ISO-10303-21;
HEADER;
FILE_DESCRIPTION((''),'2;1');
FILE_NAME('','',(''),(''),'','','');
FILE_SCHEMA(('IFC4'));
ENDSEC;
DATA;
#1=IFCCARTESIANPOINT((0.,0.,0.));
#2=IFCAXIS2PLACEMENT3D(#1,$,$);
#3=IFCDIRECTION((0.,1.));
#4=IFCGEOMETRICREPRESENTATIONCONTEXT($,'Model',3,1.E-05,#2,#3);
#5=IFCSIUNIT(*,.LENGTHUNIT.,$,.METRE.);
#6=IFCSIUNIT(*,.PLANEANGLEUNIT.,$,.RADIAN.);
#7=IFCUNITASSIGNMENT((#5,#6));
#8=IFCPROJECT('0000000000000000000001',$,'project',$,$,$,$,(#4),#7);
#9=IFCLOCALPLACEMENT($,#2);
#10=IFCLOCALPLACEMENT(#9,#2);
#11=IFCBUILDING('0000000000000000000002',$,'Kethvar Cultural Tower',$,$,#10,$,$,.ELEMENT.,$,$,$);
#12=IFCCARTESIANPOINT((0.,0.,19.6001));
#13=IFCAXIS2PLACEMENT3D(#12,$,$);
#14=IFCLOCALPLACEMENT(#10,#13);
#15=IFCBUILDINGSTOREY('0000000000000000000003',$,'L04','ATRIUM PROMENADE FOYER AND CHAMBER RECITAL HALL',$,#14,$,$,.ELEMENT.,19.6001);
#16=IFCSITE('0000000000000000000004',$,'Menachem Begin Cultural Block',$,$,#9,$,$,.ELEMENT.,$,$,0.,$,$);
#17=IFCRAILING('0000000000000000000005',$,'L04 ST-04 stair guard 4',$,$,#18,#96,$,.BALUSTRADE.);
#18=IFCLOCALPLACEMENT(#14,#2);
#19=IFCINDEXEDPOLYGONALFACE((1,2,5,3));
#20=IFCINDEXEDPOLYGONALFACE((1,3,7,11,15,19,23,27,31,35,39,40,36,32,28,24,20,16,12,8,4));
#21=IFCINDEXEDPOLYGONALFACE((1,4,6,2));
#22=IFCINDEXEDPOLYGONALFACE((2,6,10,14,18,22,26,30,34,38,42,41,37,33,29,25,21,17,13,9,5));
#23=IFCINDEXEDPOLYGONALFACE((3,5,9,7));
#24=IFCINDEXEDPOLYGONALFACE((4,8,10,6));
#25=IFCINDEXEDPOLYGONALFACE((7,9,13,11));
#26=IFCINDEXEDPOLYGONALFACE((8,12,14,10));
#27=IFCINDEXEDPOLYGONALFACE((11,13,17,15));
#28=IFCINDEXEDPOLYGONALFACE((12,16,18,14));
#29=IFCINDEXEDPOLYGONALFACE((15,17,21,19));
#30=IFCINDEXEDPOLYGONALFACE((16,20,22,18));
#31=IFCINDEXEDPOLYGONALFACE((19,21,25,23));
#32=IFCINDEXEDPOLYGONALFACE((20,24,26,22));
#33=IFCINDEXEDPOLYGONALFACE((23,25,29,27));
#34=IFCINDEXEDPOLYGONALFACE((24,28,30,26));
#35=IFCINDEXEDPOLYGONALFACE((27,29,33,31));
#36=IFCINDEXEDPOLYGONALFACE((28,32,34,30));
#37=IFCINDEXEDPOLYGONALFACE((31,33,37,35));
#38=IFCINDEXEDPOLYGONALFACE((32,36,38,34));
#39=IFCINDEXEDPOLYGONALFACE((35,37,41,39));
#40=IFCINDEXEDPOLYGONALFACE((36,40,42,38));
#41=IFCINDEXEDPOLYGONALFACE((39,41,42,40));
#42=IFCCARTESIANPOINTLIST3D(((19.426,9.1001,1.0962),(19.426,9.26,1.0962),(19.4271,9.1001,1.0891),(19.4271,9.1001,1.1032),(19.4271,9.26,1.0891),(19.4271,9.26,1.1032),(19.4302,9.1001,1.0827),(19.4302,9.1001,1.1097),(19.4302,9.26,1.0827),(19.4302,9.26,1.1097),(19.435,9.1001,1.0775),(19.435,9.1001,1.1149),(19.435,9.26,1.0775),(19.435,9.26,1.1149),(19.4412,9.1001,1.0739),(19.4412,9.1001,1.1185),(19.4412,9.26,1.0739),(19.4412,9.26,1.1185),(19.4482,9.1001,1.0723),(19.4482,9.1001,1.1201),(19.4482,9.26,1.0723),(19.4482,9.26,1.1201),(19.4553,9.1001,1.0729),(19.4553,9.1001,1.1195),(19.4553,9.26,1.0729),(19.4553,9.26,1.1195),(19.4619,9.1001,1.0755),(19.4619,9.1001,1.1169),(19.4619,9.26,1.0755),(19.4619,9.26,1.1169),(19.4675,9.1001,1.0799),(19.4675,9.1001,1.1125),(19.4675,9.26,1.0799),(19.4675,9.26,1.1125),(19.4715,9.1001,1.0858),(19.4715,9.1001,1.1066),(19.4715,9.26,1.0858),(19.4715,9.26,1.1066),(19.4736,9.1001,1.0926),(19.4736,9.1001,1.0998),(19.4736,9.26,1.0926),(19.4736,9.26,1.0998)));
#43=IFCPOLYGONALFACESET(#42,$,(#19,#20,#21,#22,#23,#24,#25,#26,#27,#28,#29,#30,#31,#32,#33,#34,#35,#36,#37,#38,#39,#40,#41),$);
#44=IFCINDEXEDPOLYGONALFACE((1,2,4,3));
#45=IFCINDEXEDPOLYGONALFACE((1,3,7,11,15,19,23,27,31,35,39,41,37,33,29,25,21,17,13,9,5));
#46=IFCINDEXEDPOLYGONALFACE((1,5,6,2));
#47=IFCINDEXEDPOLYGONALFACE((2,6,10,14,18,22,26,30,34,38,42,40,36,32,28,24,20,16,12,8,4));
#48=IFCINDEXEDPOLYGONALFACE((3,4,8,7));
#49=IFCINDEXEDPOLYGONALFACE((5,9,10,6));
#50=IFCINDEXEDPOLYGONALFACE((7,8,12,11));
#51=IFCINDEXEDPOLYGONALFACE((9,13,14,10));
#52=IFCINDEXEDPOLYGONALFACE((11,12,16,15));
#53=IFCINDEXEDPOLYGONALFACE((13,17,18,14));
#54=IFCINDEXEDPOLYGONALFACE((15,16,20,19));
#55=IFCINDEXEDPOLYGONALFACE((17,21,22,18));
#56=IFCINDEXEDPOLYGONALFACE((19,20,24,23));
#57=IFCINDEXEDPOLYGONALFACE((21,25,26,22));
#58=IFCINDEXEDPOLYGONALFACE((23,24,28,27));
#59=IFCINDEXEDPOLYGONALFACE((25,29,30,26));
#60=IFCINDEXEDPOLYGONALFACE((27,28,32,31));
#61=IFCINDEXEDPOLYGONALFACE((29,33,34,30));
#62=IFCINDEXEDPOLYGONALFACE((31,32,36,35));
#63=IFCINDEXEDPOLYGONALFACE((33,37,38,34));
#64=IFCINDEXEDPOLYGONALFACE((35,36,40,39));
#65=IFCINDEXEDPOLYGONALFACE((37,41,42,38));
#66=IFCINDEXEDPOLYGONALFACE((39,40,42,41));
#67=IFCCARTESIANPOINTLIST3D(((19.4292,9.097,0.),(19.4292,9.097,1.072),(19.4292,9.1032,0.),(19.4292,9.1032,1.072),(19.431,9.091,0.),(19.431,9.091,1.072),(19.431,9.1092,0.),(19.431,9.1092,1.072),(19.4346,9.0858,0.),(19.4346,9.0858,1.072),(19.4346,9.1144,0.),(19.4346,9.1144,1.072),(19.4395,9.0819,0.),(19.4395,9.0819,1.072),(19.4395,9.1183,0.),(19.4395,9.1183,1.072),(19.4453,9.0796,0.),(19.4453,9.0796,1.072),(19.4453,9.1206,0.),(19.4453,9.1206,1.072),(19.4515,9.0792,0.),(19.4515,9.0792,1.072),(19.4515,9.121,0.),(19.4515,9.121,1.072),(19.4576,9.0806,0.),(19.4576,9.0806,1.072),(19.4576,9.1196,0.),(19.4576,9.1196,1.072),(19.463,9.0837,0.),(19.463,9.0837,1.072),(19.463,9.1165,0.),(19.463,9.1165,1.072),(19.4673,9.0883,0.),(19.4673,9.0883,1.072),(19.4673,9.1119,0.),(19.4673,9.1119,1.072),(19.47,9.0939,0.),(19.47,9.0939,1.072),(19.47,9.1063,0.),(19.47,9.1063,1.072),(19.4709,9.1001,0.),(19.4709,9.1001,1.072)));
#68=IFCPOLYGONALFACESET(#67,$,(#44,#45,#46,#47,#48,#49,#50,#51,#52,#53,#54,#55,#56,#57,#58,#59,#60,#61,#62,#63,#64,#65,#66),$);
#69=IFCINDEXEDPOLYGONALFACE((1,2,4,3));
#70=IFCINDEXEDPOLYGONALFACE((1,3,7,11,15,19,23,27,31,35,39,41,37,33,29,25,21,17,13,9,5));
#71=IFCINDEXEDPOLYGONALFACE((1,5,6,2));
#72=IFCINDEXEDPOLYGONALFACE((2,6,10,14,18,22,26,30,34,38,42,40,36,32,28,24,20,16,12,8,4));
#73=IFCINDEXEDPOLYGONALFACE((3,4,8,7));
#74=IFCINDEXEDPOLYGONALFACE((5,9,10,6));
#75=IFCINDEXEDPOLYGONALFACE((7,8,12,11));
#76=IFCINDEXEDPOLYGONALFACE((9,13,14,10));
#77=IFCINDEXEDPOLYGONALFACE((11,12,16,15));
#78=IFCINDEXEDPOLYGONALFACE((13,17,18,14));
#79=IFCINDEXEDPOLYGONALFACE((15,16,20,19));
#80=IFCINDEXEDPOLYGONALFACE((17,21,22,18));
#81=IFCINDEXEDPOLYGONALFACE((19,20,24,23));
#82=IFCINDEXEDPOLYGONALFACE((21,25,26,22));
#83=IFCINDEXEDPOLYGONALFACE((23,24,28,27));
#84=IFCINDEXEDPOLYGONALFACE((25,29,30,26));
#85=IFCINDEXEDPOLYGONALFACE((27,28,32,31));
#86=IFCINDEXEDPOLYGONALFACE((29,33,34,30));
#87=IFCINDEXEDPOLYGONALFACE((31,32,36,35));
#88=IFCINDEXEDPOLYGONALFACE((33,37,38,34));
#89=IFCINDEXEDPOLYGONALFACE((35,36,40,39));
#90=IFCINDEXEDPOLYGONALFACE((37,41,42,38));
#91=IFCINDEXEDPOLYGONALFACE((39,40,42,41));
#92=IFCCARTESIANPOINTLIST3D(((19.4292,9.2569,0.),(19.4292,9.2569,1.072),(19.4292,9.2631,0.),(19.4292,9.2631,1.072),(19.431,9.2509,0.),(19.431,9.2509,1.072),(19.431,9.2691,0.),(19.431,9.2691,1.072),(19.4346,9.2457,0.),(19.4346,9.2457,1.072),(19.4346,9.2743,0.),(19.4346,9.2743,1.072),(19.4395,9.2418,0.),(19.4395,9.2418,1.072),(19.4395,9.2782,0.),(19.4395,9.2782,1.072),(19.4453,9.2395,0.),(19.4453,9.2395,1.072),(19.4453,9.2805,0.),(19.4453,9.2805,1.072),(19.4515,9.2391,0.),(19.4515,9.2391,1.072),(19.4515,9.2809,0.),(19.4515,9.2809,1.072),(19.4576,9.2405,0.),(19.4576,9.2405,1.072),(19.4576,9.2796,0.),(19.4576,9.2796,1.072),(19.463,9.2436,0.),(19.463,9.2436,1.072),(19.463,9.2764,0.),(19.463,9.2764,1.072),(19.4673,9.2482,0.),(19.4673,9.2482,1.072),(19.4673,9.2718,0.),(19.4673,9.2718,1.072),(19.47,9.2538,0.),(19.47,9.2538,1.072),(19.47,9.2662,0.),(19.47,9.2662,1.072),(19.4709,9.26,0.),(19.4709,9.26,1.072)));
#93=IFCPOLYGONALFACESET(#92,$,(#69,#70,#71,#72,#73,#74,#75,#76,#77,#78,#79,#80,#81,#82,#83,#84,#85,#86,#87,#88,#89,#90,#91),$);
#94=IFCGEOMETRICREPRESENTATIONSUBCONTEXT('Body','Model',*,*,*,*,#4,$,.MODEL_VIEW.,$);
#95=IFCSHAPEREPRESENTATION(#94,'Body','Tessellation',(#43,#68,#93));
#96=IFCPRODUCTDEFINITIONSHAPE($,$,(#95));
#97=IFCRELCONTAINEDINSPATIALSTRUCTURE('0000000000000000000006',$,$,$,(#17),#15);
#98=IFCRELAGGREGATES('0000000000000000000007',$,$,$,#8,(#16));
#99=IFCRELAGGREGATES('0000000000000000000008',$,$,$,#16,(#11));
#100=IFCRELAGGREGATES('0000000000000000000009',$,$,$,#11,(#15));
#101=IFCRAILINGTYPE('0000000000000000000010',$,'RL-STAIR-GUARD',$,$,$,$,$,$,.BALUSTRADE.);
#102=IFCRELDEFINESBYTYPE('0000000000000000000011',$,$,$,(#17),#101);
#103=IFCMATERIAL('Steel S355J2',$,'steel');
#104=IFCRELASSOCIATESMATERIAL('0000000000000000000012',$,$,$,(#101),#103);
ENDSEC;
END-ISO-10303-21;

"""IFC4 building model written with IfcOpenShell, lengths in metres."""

from ifc_helpers import new_model, si_unit, direction, frame, origin, origin_2d, place, context, subcontext, project, spatial, circle, extrude, material, type_object, element, save


model = new_model("IFC4")

# Units and contexts
model_context = context("Model", 3, precision=1e-05, world=origin(), true_north=direction((0.0, 1.0)))
body_context = subcontext(model_context, "Body", "Model", "MODEL_VIEW")
ifc_project = project(units=[si_unit("LENGTHUNIT", "METRE"), si_unit("PLANEANGLEUNIT", "RADIAN")], contexts=[model_context])

# Site, building, storey
site_placement = place(None, origin())
site = spatial("IfcSite", under=ifc_project, at=site_placement, Name="Menachem Begin Cultural Block", CompositionType="ELEMENT", RefElevation=0.0)
building_placement = place(site_placement, origin())
building = spatial("IfcBuilding", under=site, at=building_placement, Name="Kethvar Cultural Tower", CompositionType="ELEMENT")
storey_placement = place(building_placement, frame((0.0, 0.0, 19.6001)))
storey = spatial("IfcBuildingStorey", under=building, at=storey_placement, Name="L04", Description="ATRIUM PROMENADE FOYER AND CHAMBER RECITAL HALL", CompositionType="ELEMENT", Elevation=19.6001)

# Shared definitions
ifc_material_1 = material(Name="Steel S355J2", Category="steel")

# Railing
railing_type_1 = type_object("IfcRailingType", Name="RL-STAIR-GUARD", PredefinedType="BALUSTRADE", material=ifc_material_1)
railing_1_placement = place(storey_placement, frame((19.45, 9.1001, 0.0)))
element("IfcRailing", 1, at=railing_1_placement, inside=storey, type_object=railing_type_1, Name="L04 ST-04 stair guard 4", PredefinedType="BALUSTRADE", context=body_context, shape_type="SweptSolid", body=[
    extrude(circle(Radius=0.0239, at=origin_2d()), frame((0.0, 0.0, 1.0962), z_axis=(0.0, 1.0, 0.0), x_axis=(-1.0, 0.0, 0.0)), (0.0, 0.0, 1.0), 0.1599),
    extrude(circle(Radius=0.021, at=origin_2d()), origin(), (0.0, 0.0, 1.0), 1.072),
    extrude(circle(Radius=0.021, at=origin_2d()), frame((0.0, 0.1599, 0.0)), (0.0, 0.0, 1.0), 1.072),
])

save(model, "model.ifc")
